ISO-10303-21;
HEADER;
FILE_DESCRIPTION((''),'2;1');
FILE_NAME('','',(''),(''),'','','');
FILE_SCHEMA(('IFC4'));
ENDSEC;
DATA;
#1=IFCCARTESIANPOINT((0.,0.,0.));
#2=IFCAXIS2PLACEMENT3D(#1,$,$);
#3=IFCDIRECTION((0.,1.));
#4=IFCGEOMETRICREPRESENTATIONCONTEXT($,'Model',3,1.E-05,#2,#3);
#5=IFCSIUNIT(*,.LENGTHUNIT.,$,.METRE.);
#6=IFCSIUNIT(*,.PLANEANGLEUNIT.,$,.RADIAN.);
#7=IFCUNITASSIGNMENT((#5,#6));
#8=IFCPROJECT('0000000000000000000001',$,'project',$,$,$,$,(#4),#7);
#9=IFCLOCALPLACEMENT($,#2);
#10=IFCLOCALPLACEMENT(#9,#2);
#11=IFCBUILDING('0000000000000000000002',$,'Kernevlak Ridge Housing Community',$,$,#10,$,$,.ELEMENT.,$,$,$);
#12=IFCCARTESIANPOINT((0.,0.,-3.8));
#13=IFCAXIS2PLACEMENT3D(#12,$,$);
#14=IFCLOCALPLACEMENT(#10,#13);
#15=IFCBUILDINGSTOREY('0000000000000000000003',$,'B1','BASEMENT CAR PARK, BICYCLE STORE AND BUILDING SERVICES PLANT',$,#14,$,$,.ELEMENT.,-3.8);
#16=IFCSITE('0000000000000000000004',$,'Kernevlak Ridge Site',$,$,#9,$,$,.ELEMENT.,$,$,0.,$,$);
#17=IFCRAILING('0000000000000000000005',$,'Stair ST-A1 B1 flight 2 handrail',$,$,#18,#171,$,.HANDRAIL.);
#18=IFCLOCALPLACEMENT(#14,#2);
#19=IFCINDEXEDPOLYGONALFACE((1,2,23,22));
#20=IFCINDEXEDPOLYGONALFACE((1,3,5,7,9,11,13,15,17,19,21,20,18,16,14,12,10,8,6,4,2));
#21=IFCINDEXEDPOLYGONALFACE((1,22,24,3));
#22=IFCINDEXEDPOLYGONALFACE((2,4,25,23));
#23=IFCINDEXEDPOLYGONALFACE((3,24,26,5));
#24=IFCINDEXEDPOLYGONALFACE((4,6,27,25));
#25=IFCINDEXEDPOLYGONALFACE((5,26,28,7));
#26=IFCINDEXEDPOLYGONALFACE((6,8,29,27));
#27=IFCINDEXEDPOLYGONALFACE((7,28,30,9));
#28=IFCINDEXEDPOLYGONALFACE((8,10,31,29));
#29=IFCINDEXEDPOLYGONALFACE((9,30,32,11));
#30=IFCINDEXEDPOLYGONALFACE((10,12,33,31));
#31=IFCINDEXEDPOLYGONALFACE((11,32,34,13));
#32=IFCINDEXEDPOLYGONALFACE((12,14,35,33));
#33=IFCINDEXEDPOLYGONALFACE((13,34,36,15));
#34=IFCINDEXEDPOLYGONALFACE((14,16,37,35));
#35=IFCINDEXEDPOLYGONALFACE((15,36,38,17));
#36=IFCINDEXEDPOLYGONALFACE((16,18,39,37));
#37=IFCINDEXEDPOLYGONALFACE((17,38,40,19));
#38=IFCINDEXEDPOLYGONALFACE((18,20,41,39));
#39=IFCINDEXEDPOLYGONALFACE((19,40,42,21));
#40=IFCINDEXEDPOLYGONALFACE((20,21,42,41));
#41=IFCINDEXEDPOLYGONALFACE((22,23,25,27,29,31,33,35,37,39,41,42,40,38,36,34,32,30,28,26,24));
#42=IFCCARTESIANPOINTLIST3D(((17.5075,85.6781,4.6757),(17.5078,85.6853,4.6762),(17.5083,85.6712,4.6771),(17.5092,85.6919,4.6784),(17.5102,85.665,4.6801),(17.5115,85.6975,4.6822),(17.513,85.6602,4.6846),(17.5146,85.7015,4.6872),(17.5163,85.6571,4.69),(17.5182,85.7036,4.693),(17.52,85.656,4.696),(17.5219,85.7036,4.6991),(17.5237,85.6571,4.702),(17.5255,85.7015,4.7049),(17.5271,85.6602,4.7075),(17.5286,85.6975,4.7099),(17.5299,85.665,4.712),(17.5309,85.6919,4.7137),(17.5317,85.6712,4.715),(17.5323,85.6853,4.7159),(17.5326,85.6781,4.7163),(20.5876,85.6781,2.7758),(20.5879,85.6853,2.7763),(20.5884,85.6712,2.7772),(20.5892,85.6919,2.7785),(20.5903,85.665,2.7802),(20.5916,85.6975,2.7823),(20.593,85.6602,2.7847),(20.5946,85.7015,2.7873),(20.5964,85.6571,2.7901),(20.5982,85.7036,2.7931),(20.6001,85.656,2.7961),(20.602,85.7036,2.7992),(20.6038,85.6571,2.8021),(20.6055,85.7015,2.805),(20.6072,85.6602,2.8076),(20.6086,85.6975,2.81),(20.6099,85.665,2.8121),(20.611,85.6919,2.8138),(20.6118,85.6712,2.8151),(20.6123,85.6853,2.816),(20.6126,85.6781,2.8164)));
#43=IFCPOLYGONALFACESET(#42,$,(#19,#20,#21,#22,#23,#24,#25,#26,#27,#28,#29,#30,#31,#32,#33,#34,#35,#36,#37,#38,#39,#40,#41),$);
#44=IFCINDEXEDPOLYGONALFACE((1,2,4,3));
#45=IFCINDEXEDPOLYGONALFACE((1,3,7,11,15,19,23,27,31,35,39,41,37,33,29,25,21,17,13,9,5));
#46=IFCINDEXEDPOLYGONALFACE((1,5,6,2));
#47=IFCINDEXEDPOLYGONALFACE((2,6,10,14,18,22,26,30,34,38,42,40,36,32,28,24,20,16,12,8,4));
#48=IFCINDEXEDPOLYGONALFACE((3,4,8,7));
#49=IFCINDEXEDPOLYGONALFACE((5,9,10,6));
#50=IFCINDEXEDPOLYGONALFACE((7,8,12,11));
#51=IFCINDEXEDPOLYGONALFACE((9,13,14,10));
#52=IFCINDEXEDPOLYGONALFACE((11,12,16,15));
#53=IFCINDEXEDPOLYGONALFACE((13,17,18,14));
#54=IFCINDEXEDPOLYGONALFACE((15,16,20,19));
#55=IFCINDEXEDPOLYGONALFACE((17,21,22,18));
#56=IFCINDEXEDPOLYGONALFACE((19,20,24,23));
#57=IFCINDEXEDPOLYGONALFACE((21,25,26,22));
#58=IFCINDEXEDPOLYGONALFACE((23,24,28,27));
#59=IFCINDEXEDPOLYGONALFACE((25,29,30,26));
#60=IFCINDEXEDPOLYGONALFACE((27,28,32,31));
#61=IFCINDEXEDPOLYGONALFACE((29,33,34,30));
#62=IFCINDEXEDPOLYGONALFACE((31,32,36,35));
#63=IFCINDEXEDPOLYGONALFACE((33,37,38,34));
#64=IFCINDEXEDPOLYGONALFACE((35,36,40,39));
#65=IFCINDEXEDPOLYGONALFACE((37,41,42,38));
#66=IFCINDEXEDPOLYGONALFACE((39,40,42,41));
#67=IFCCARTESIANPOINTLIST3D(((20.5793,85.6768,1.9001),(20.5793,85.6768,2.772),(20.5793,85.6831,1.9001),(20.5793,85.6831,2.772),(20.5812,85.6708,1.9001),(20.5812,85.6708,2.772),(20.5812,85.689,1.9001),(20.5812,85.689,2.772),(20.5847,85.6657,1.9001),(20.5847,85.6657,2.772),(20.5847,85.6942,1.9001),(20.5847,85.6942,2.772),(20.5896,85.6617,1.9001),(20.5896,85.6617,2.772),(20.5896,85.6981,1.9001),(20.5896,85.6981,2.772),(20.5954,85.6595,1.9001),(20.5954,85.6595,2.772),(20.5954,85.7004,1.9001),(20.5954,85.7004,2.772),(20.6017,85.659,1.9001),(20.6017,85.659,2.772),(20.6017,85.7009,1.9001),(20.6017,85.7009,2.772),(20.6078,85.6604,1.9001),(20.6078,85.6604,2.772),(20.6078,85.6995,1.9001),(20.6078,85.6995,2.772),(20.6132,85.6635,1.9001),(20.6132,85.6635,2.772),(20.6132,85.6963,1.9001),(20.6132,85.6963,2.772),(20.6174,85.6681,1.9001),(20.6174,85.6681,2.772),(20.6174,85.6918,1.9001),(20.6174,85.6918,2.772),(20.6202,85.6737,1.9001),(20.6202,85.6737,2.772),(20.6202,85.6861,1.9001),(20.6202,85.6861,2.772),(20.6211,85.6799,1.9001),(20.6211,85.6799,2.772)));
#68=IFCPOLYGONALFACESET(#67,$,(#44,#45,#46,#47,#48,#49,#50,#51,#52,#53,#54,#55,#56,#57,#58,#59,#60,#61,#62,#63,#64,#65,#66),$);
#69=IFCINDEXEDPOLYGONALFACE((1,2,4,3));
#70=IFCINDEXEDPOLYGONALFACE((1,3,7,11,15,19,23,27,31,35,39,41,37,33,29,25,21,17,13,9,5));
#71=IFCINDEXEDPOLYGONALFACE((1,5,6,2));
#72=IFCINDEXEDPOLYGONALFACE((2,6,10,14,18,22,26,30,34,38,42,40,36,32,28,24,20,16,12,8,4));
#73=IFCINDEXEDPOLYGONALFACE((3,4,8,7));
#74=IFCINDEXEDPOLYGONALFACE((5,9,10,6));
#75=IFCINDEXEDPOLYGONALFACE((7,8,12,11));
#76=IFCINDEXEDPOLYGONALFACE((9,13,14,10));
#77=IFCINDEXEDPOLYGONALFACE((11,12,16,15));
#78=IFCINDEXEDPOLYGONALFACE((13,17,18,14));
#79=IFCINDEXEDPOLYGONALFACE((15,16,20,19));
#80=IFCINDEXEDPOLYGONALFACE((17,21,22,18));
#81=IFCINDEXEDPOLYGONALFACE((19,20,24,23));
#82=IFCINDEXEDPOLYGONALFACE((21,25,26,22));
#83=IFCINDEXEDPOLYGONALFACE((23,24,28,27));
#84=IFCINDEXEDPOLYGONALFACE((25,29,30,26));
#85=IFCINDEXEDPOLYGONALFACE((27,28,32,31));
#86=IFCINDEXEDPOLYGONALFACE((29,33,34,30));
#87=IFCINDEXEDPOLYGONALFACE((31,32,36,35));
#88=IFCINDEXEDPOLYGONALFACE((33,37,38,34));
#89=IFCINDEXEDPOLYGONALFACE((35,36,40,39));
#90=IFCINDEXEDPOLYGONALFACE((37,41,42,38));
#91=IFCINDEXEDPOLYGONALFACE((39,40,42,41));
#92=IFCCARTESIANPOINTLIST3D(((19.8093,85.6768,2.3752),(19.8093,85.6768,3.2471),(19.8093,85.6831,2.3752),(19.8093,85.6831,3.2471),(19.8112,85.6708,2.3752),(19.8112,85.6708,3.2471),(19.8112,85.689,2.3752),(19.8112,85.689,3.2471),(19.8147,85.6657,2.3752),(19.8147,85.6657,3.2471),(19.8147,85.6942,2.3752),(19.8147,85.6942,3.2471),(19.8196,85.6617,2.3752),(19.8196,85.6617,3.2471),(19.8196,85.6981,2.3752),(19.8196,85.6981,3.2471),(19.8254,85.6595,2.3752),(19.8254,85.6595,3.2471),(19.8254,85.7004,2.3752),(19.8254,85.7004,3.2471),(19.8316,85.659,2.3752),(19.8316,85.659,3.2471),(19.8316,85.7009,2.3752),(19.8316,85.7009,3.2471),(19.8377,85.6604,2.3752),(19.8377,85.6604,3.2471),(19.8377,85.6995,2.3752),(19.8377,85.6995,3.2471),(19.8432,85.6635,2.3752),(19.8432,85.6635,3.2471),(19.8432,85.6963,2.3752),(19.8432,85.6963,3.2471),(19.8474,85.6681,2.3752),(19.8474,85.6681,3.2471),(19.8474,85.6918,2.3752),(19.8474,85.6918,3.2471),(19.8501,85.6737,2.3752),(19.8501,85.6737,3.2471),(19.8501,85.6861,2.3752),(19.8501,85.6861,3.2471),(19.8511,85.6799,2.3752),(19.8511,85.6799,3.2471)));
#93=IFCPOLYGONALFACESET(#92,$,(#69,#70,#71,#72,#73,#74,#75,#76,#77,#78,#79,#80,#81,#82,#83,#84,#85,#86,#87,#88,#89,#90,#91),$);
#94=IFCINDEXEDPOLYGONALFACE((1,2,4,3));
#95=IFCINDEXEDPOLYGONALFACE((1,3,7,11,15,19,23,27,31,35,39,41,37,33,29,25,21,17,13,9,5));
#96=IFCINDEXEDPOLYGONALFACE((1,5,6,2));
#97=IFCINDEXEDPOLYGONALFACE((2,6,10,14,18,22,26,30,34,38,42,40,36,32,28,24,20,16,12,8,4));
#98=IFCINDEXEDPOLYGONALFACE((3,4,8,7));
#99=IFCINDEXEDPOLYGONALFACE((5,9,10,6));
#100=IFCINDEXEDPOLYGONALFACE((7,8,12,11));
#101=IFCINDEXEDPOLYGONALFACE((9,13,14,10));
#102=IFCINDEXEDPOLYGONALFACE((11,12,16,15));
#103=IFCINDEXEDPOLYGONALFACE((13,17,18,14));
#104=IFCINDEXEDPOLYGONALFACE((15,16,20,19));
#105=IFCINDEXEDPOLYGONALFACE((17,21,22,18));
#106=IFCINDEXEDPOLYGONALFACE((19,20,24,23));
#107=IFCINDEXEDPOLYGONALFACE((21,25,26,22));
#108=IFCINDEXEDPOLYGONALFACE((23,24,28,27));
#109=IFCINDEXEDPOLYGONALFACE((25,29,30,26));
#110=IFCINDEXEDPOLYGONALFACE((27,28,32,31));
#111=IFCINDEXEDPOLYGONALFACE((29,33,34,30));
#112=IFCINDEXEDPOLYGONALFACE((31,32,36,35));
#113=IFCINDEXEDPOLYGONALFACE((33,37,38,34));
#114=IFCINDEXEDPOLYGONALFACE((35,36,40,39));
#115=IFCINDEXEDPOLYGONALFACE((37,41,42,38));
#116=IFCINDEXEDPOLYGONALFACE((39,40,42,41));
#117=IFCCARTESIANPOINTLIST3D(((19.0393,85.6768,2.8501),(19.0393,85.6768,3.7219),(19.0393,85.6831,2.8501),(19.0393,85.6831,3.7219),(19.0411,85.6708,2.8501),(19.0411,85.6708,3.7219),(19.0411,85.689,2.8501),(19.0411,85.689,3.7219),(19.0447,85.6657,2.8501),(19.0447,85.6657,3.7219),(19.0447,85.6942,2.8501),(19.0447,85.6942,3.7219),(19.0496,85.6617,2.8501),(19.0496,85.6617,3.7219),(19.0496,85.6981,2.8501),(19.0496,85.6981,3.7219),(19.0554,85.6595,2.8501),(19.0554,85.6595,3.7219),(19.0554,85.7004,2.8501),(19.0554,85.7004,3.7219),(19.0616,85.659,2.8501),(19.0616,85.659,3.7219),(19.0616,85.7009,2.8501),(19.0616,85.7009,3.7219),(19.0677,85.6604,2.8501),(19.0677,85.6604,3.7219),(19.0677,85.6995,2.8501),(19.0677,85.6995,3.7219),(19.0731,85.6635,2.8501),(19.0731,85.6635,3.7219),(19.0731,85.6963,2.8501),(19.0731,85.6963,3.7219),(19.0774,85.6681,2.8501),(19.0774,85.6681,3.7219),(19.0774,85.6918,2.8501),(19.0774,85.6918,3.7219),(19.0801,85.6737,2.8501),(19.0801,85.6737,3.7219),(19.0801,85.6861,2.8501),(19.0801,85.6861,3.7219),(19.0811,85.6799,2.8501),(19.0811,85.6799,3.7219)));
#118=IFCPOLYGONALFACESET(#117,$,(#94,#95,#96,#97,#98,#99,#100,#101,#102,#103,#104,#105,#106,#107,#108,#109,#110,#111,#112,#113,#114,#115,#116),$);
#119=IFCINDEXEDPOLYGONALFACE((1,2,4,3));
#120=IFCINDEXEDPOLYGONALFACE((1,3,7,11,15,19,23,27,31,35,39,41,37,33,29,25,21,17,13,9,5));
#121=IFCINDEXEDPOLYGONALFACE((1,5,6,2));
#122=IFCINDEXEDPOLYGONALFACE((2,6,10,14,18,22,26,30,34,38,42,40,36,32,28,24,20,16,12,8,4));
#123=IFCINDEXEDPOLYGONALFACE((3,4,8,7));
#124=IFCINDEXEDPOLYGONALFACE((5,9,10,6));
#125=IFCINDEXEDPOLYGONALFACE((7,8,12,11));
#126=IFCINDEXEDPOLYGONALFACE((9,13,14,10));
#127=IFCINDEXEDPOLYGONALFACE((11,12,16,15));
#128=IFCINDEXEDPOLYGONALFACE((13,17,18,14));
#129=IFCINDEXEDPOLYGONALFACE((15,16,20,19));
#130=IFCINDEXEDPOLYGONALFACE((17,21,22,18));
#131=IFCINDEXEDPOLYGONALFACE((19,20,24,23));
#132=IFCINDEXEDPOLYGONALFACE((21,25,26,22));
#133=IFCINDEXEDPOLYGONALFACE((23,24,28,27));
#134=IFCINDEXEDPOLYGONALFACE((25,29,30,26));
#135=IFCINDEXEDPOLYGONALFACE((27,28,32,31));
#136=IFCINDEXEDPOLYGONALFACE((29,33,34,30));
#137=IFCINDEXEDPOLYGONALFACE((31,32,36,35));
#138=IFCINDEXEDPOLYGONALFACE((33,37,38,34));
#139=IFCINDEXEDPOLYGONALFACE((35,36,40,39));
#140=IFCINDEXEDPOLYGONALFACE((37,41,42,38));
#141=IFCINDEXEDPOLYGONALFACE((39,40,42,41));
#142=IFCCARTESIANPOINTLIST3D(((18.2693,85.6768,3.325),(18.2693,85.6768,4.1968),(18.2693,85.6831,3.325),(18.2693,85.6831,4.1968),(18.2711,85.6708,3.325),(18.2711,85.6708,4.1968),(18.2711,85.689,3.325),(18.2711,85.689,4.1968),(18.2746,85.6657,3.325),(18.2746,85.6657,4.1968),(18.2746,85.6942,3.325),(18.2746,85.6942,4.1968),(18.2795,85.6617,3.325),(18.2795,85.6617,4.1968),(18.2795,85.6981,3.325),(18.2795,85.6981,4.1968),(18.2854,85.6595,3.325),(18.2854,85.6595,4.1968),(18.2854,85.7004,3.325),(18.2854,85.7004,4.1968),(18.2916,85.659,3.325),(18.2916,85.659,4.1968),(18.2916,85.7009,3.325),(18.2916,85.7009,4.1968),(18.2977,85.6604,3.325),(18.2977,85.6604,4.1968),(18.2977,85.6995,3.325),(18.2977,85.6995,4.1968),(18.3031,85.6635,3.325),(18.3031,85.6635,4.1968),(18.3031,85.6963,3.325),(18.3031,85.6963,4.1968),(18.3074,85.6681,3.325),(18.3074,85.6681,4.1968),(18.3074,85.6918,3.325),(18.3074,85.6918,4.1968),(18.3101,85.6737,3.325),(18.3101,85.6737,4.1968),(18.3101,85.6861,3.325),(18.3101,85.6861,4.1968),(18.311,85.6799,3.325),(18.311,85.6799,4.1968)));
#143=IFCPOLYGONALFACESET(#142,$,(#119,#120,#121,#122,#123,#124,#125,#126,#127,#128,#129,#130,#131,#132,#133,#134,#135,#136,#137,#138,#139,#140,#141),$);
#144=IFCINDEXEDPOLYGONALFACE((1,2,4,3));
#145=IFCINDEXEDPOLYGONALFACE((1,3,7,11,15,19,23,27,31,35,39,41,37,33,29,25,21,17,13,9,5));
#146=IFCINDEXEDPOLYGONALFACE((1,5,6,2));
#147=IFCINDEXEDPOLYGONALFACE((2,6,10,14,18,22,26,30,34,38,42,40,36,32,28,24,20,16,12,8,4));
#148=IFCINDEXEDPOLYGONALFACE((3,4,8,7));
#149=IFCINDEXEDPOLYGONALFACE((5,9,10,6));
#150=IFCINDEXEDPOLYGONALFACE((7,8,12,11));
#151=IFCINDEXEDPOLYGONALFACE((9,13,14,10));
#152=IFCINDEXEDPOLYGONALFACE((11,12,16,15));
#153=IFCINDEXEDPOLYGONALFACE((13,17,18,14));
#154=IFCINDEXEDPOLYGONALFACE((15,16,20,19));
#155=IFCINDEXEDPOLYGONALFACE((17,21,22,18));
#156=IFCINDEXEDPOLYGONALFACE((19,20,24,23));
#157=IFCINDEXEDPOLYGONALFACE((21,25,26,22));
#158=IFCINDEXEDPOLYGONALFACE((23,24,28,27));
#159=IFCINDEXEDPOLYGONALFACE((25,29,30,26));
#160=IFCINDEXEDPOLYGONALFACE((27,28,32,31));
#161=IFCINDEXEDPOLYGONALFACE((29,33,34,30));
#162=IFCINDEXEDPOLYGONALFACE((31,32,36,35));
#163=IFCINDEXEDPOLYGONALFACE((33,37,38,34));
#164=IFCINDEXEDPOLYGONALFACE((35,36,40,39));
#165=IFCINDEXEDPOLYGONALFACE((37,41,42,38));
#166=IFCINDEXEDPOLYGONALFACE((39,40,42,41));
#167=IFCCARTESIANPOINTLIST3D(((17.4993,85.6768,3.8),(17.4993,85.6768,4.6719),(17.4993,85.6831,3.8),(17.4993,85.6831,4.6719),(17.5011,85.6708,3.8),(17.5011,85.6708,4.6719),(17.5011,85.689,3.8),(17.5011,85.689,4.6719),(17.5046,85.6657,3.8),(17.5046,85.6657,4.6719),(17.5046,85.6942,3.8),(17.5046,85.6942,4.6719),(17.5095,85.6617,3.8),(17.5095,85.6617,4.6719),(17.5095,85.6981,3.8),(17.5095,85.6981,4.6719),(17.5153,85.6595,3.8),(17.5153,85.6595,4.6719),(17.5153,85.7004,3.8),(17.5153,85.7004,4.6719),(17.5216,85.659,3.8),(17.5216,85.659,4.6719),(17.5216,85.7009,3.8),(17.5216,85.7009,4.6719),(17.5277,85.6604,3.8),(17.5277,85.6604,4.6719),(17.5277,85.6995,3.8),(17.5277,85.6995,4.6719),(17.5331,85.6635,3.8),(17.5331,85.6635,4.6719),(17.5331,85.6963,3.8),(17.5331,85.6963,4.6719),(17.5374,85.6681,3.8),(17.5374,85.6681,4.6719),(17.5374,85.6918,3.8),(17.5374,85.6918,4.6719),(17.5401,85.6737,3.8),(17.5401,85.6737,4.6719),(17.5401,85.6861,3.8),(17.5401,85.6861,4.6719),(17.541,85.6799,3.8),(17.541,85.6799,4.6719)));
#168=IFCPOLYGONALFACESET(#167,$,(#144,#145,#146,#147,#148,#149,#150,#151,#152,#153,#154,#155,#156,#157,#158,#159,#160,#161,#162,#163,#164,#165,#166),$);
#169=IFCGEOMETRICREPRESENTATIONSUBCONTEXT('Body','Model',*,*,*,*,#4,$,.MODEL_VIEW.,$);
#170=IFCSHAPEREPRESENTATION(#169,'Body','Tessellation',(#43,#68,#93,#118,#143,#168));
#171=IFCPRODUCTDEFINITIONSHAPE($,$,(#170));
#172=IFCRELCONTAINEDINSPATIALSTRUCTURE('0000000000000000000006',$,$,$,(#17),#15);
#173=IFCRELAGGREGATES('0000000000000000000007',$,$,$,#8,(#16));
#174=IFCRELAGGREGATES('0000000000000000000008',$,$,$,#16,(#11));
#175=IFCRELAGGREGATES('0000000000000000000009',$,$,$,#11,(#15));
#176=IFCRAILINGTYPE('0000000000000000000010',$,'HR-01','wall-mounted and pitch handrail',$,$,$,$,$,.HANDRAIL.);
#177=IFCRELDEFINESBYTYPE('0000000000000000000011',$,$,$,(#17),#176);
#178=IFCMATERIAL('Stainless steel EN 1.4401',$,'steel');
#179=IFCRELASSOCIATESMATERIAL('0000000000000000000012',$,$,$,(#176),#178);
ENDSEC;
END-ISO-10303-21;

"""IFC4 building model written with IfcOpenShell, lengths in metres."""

from ifc_helpers import new_model, si_unit, direction, frame, origin, origin_2d, place, context, subcontext, project, spatial, circle, extrude, material, type_object, element, save


model = new_model("IFC4")

# Units and contexts
model_context = context("Model", 3, precision=1e-05, world=origin(), true_north=direction((0.0, 1.0)))
body_context = subcontext(model_context, "Body", "Model", "MODEL_VIEW")
ifc_project = project(units=[si_unit("LENGTHUNIT", "METRE"), si_unit("PLANEANGLEUNIT", "RADIAN")], contexts=[model_context])

# Site, building, storey
site_placement = place(None, origin())
site = spatial("IfcSite", under=ifc_project, at=site_placement, Name="Kernevlak Ridge Site", CompositionType="ELEMENT", RefElevation=0.0)
building_placement = place(site_placement, origin())
building = spatial("IfcBuilding", under=site, at=building_placement, Name="Kernevlak Ridge Housing Community", CompositionType="ELEMENT")
storey_placement = place(building_placement, frame((0.0, 0.0, -3.8)))
storey = spatial("IfcBuildingStorey", under=building, at=storey_placement, Name="B1", Description="BASEMENT CAR PARK, BICYCLE STORE AND BUILDING SERVICES PLANT", CompositionType="ELEMENT", Elevation=-3.8)

# Railing
ifc_material_1 = material(Name="Stainless steel EN 1.4401", Category="steel")
railing_type_1 = type_object("IfcRailingType", Name="HR-01", Description="wall-mounted and pitch handrail", PredefinedType="HANDRAIL", material=ifc_material_1)
railing_1_placement = place(storey_placement, frame((20.6001, 85.6799, 1.9001)))
element("IfcRailing", 1, at=railing_1_placement, inside=storey, type_object=railing_type_1, Name="Stair ST-A1 B1 flight 2 handrail", PredefinedType="HANDRAIL", context=body_context, shape_type="SweptSolid", body=[
    extrude(circle(Radius=0.0239, at=origin_2d()), frame((0.0, 0.0, 0.896), z_axis=(-0.851107, 0.0, 0.524993), x_axis=(0.0, -1.0, 0.0)), (0.0, 0.0, 1.0), 3.6189),
    extrude(circle(Radius=0.021, at=origin_2d()), origin(), (0.0, 0.0, 1.0), 0.8718),
    extrude(circle(Radius=0.021, at=origin_2d()), frame((-0.77, 0.0, 0.4751)), (0.0, 0.0, 1.0), 0.8718),
    extrude(circle(Radius=0.021, at=origin_2d()), frame((-1.54, 0.0, 0.95)), (0.0, 0.0, 1.0), 0.8718),
    extrude(circle(Radius=0.021, at=origin_2d()), frame((-2.3101, 0.0, 1.4248)), (0.0, 0.0, 1.0), 0.8718),
    extrude(circle(Radius=0.021, at=origin_2d()), frame((-3.0801, 0.0, 1.8999)), (0.0, 0.0, 1.0), 0.8718),
])

save(model, "model.ifc")
